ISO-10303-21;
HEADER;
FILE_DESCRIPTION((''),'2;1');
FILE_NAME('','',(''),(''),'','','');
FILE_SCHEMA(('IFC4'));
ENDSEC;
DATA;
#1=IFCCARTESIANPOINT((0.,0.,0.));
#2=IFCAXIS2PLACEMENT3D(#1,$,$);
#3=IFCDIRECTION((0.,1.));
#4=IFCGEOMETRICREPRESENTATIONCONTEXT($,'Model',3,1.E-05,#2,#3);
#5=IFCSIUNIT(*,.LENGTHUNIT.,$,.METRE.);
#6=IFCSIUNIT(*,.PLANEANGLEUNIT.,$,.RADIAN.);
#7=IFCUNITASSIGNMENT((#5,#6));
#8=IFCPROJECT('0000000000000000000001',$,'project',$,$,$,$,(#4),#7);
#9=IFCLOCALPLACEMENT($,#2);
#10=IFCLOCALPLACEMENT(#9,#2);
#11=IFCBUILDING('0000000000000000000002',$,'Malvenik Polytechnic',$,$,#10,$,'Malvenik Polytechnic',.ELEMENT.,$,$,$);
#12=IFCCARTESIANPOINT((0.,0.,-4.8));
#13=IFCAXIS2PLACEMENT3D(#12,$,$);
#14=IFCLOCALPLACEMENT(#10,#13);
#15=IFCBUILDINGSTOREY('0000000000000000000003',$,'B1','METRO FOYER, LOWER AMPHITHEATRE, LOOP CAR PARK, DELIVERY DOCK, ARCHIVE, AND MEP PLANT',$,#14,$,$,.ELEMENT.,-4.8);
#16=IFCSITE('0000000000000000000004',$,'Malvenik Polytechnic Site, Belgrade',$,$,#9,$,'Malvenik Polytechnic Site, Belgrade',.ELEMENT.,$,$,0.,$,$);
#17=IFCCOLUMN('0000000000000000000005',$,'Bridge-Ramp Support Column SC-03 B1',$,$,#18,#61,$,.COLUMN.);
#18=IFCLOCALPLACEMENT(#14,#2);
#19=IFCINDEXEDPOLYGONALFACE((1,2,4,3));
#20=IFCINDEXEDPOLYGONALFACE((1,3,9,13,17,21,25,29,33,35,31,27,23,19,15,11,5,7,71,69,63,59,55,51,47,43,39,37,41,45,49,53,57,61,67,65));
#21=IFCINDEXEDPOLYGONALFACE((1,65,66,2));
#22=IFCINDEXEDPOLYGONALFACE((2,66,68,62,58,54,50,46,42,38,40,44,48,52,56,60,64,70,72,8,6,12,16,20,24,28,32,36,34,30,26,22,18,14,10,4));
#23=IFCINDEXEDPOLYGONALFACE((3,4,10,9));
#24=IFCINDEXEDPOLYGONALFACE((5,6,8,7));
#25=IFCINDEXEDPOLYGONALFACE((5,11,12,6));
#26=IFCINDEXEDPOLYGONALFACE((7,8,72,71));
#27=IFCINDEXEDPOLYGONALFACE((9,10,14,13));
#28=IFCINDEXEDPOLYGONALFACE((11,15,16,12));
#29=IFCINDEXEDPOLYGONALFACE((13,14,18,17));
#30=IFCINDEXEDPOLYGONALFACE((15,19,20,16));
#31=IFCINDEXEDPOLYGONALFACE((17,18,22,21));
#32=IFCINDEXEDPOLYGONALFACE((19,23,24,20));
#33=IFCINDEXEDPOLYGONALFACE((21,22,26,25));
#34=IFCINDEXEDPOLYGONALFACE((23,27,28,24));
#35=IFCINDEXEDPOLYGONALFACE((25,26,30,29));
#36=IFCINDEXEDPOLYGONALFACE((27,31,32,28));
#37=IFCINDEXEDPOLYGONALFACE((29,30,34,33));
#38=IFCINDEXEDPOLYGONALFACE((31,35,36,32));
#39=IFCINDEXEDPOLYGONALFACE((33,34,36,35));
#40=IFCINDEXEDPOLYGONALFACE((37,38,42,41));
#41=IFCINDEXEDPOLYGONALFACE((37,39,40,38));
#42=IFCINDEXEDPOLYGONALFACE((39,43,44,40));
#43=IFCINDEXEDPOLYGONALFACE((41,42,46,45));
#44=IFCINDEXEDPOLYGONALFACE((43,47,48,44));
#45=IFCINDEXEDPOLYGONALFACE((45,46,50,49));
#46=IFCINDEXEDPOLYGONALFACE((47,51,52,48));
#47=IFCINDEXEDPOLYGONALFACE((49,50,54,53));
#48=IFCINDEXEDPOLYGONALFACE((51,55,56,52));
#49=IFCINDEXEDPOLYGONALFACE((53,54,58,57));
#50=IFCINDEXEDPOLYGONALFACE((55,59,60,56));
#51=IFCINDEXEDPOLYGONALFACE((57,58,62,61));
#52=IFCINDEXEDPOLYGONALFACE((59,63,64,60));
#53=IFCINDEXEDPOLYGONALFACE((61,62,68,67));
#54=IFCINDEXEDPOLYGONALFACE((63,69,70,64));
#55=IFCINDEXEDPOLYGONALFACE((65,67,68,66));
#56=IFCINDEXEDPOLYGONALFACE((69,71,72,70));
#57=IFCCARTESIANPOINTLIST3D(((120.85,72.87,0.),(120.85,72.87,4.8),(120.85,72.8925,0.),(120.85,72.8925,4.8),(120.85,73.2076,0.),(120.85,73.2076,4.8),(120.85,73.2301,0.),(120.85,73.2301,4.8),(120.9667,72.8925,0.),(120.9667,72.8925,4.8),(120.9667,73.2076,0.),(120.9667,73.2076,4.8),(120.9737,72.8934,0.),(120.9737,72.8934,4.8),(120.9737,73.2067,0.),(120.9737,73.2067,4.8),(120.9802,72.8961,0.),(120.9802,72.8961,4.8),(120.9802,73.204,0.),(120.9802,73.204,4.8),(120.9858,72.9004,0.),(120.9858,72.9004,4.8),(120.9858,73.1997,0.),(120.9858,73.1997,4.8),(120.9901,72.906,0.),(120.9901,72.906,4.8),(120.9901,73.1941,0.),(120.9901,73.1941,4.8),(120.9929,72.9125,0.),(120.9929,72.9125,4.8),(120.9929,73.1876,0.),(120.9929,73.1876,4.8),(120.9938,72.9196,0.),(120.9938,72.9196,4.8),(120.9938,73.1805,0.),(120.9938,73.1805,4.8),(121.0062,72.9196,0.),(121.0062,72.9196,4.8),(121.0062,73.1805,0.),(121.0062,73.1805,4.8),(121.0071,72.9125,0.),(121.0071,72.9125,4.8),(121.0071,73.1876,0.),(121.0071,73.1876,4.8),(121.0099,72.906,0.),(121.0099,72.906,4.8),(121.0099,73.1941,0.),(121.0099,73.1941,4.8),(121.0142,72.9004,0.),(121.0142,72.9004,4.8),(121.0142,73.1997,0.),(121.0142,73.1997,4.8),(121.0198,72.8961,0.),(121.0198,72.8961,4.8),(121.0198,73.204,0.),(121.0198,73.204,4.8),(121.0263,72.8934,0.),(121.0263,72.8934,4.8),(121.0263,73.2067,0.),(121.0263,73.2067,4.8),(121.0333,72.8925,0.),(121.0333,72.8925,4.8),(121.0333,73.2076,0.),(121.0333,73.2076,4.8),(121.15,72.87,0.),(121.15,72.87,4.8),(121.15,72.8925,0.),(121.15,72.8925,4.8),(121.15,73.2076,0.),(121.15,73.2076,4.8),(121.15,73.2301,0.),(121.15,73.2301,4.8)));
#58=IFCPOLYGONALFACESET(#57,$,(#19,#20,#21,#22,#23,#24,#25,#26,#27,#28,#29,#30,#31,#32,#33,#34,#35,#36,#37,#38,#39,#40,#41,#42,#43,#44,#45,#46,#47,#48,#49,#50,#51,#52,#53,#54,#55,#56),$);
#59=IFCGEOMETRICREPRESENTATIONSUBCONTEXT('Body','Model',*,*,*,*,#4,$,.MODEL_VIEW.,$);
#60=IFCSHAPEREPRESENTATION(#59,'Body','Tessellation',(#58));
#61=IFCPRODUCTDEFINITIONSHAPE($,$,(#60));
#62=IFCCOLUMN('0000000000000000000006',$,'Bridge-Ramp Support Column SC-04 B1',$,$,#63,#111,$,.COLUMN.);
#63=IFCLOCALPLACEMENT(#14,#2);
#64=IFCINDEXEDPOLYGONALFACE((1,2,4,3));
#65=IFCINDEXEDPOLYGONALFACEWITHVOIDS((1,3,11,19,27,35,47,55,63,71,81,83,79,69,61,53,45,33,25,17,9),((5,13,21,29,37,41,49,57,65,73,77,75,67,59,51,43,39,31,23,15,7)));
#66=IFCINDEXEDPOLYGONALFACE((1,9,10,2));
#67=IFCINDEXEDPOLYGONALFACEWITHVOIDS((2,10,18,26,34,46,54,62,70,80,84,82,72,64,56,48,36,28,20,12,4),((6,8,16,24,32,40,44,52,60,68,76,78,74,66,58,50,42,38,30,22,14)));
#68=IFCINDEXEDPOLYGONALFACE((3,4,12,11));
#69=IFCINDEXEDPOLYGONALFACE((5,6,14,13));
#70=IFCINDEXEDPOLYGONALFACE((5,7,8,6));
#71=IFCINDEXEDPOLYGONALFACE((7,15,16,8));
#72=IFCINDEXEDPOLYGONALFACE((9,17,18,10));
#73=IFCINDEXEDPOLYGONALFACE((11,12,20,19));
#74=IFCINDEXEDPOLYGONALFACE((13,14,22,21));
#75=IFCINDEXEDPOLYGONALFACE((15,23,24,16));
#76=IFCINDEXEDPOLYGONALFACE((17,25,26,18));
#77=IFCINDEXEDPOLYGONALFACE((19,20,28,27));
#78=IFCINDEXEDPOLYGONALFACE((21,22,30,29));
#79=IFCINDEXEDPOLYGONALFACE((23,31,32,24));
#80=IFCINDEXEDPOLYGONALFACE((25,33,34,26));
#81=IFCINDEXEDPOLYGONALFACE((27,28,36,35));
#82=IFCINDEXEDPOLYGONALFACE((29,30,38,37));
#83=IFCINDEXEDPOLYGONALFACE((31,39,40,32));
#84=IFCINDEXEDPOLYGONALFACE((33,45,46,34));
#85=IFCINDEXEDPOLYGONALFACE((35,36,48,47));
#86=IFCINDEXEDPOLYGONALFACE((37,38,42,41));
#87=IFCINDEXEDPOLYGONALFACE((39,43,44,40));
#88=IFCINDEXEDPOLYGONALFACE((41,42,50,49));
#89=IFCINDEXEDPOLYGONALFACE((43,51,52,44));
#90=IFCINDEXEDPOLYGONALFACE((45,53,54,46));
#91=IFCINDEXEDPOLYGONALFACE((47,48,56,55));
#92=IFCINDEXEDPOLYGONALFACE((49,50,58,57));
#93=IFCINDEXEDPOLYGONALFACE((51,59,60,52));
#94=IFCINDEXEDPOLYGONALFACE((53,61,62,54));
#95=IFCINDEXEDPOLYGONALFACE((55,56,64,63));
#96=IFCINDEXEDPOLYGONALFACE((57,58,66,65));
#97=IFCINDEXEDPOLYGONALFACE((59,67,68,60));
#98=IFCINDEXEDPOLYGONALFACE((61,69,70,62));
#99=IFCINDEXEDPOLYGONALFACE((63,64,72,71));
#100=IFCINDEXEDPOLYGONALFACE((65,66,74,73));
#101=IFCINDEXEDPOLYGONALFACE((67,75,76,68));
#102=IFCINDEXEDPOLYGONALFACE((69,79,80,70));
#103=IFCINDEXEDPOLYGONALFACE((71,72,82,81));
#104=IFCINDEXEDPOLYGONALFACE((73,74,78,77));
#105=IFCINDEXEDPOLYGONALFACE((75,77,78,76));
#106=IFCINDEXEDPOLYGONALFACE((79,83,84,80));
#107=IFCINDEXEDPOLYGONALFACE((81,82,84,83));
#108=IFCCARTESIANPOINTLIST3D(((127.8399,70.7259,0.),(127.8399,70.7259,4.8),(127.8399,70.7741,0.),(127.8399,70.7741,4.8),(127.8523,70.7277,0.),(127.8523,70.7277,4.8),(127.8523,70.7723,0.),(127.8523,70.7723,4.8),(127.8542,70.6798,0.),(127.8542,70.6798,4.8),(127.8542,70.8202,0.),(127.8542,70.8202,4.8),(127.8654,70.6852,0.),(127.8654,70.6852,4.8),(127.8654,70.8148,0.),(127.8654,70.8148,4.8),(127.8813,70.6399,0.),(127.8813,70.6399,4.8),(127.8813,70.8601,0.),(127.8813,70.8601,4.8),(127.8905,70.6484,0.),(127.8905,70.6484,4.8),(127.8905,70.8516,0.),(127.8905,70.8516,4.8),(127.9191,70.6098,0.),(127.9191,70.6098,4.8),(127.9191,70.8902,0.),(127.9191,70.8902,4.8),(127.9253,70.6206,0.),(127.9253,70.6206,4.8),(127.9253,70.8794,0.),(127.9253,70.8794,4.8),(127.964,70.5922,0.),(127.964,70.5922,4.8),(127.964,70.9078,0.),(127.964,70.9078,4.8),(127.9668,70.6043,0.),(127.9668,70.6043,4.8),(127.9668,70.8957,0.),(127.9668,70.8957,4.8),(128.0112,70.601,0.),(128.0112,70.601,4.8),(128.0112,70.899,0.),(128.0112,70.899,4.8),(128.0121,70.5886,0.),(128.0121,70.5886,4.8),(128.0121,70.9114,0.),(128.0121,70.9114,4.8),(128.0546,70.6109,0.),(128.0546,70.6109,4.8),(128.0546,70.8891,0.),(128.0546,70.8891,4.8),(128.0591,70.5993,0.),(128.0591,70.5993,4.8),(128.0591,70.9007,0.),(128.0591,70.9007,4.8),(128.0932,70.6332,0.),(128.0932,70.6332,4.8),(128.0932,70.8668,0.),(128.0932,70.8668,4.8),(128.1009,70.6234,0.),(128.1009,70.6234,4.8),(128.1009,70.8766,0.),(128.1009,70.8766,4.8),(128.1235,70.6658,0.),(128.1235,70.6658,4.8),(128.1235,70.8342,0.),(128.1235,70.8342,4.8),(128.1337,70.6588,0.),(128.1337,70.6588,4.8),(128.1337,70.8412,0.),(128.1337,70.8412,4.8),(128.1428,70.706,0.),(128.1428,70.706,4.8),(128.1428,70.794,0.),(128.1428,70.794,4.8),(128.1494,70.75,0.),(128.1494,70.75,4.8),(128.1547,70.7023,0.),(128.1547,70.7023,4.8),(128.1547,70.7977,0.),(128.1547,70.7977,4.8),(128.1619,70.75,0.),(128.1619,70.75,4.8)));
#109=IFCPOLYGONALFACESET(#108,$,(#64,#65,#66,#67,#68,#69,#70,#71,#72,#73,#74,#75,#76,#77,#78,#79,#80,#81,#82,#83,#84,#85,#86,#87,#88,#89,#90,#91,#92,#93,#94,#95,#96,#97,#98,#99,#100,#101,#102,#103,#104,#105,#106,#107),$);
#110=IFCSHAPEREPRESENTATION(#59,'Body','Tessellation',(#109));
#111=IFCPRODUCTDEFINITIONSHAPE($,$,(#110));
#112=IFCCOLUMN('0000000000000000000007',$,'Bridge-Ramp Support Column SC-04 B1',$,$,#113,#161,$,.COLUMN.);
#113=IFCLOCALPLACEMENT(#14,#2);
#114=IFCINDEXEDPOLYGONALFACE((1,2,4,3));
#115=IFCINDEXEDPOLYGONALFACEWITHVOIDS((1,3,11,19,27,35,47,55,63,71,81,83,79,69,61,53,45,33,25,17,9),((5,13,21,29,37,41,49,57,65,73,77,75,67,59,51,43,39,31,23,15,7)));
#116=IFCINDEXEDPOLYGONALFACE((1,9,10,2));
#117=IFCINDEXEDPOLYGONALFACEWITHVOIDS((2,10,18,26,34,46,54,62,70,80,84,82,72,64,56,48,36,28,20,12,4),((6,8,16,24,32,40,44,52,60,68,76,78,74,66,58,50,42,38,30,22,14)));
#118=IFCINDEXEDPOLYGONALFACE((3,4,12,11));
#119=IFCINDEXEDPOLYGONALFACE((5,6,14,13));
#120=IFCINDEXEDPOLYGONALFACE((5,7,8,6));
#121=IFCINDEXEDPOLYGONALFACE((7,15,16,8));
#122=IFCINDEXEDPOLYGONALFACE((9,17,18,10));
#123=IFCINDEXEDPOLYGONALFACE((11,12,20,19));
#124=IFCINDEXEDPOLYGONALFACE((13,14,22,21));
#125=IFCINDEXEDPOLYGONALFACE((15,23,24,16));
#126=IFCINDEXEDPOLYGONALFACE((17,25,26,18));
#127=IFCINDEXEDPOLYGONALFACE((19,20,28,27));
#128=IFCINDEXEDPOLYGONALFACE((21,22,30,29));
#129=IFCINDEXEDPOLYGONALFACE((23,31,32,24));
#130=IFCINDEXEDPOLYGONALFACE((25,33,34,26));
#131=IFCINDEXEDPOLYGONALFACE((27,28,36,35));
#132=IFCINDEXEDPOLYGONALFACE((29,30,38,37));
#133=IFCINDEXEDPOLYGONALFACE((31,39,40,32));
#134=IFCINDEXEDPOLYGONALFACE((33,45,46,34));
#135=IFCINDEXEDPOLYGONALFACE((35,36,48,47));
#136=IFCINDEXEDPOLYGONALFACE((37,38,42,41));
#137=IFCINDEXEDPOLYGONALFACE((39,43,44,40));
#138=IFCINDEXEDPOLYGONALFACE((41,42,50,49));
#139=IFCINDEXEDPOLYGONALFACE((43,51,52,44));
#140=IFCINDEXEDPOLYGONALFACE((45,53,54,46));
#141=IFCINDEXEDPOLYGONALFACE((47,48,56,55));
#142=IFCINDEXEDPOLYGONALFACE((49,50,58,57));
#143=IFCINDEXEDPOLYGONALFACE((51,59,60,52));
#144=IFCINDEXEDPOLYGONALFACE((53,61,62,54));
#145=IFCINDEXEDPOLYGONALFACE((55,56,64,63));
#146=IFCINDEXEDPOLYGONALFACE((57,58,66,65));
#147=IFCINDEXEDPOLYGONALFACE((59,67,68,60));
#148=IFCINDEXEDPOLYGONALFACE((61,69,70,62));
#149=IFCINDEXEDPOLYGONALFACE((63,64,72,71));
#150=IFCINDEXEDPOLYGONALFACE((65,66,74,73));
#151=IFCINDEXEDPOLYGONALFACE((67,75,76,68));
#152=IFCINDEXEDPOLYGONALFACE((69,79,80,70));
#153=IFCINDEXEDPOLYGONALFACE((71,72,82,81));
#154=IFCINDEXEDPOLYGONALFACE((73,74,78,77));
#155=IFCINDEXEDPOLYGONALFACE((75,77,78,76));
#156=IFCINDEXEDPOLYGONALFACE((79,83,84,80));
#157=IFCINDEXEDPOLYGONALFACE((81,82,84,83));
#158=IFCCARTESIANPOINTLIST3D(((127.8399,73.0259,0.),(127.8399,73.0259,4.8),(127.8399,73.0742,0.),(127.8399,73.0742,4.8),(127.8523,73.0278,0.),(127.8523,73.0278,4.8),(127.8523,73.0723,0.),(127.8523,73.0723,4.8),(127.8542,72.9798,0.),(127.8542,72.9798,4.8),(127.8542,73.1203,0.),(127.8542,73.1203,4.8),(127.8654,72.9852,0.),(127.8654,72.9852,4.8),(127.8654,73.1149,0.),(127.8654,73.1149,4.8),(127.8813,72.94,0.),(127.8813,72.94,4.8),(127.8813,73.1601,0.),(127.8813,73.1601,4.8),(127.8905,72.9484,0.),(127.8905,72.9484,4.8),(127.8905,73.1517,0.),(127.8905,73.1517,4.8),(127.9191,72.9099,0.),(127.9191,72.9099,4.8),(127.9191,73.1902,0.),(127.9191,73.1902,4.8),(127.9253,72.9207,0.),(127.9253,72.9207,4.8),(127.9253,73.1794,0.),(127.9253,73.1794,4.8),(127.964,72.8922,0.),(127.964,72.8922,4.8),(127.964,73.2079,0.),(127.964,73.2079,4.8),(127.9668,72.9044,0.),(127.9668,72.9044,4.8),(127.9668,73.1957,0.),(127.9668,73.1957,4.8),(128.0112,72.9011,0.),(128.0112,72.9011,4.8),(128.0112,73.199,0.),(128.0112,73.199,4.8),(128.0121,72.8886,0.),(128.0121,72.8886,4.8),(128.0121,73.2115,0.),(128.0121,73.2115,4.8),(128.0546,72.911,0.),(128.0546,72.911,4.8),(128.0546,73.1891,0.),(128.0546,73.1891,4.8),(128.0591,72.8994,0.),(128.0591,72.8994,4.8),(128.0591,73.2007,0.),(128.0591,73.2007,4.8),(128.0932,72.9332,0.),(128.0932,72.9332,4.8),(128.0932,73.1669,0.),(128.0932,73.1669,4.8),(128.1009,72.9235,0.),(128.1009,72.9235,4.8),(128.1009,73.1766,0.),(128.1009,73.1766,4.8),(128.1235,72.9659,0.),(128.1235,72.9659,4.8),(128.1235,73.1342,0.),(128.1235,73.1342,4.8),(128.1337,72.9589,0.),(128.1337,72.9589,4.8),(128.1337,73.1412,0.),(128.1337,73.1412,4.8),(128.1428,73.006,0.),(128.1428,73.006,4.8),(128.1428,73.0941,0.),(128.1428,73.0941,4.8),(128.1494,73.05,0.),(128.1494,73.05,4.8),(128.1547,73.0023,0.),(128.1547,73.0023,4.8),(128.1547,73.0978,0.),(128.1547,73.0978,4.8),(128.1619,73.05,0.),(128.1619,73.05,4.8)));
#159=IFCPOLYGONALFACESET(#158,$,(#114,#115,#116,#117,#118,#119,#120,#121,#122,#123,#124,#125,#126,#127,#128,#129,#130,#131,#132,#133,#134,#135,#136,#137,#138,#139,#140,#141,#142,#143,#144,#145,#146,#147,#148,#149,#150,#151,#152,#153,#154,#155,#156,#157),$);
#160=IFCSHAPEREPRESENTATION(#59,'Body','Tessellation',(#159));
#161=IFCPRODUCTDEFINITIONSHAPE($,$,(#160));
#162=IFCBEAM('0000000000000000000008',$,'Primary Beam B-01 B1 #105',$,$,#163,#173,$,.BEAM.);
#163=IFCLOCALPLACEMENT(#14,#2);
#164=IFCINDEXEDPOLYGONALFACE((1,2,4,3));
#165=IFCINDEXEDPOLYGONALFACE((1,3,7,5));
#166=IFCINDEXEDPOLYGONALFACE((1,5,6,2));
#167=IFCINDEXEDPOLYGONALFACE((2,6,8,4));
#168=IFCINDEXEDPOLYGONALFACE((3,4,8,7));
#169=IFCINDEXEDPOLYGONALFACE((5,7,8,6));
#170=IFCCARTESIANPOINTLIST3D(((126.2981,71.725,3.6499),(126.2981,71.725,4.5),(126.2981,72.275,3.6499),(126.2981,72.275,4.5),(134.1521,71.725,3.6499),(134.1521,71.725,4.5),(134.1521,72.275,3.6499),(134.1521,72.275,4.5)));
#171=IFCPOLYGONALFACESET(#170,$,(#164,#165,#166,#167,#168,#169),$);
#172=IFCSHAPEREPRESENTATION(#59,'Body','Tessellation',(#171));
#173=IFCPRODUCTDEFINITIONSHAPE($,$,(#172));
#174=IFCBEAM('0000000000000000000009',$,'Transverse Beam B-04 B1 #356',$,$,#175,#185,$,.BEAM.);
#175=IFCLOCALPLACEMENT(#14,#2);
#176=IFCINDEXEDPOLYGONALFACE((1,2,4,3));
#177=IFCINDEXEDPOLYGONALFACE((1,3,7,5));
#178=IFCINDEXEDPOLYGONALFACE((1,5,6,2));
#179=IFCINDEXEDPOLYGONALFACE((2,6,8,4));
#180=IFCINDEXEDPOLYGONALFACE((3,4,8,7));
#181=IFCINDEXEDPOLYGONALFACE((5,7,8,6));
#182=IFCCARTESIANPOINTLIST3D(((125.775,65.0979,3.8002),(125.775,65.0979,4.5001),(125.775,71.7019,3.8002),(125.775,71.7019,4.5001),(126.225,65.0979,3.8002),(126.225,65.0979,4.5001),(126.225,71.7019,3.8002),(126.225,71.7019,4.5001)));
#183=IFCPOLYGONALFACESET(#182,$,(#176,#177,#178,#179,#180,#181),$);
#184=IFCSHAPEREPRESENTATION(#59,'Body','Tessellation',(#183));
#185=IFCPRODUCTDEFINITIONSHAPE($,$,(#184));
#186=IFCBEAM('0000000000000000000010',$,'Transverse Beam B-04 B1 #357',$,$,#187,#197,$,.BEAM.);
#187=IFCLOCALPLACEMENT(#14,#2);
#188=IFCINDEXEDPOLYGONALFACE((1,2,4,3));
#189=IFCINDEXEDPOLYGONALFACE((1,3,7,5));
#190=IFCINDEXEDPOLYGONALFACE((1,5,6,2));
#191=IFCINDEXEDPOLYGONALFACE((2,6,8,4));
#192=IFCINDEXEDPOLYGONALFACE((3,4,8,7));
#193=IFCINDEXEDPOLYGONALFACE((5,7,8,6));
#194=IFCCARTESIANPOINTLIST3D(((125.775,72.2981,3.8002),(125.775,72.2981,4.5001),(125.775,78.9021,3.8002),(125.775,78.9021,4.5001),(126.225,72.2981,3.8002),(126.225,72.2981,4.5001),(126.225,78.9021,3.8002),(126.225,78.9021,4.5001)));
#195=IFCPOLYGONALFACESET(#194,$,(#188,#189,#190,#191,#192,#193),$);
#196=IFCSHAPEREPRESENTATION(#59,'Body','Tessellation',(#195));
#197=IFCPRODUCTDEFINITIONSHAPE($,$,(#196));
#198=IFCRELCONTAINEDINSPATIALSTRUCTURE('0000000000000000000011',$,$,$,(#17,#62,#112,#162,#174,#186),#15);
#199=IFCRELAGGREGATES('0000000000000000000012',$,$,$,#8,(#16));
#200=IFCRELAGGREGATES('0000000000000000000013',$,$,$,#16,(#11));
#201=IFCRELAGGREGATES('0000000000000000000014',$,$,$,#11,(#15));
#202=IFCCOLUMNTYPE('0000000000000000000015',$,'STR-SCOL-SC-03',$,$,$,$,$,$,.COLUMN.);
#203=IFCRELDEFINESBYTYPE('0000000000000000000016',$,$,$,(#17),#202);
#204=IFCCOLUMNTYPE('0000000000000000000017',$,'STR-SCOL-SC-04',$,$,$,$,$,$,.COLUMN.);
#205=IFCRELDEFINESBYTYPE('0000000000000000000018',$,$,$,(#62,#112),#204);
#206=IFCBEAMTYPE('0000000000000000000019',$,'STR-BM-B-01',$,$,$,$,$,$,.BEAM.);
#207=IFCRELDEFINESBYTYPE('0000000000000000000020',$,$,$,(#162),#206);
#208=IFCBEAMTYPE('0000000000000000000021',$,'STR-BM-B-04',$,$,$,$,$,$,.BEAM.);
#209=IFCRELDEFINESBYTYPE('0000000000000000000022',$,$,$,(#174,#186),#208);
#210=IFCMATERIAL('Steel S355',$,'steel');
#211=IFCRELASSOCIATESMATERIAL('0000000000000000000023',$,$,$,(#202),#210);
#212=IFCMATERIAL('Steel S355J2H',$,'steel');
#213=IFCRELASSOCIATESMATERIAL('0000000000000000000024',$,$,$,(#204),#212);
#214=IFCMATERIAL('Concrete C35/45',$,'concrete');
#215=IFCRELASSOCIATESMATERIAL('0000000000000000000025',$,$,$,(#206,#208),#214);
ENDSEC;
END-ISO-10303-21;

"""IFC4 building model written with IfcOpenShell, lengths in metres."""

from ifc_helpers import new_model, si_unit, direction, frame, origin, origin_2d, place, context, subcontext, project, spatial, rectangle, hollow_circle, i_section, extrude, material, material_profile, profile_set, type_object, element, save


model = new_model("IFC4")

# Units and contexts
model_context = context("Model", 3, precision=1e-05, world=origin(), true_north=direction((0.0, 1.0)))
body_context = subcontext(model_context, "Body", "Model", "MODEL_VIEW")
ifc_project = project(units=[si_unit("LENGTHUNIT", "METRE"), si_unit("PLANEANGLEUNIT", "RADIAN")], contexts=[model_context])

# Site, building, storey
site_placement = place(None, origin())
site = spatial("IfcSite", under=ifc_project, at=site_placement, Name="Malvenik Polytechnic Site, Belgrade", LongName="Malvenik Polytechnic Site, Belgrade", CompositionType="ELEMENT", RefElevation=0.0)
building_placement = place(site_placement, origin())
building = spatial("IfcBuilding", under=site, at=building_placement, Name="Malvenik Polytechnic", LongName="Malvenik Polytechnic", CompositionType="ELEMENT")
storey_placement = place(building_placement, frame((0.0, 0.0, -4.8)))
storey = spatial("IfcBuildingStorey", under=building, at=storey_placement, Name="B1", Description="METRO FOYER, LOWER AMPHITHEATRE, LOOP CAR PARK, DELIVERY DOCK, ARCHIVE, AND MEP PLANT", CompositionType="ELEMENT", Elevation=-4.8)

# Shared definitions
ifc_material_1 = material(Name="Concrete C35/45", Category="concrete")

# Columns
ifc_material_2 = material(Name="Steel S355", Category="steel")
ifc_material_profile_1 = material_profile(ifc_material_2, i_section(OverallWidth=0.3, OverallDepth=0.3601, WebThickness=0.0125, FlangeThickness=0.0225, FilletRadius=0.0271, at=origin_2d()), Name="HEB 360")
ifc_profile_set_1 = profile_set([ifc_material_profile_1], Name="Steel S355")
column_type_1 = type_object("IfcColumnType", Name="STR-SCOL-SC-03", PredefinedType="COLUMN", material=ifc_profile_set_1)
column_1_placement = place(storey_placement, frame((121.0, 73.05, 0.0), z_axis=(0.0, 0.0, 1.0), x_axis=(1.0, 0.0, 0.0)))
element("IfcColumn", 1, at=column_1_placement, inside=storey, type_object=column_type_1, Name="Bridge-Ramp Support Column SC-03 B1", PredefinedType="COLUMN", context=body_context, shape_type="SweptSolid", body=[
    extrude(i_section(OverallWidth=0.3, OverallDepth=0.3601, WebThickness=0.0125, FlangeThickness=0.0225, FilletRadius=0.0271, at=origin_2d()), origin(), (0.0, 0.0, 1.0), 4.8),
])
ifc_material_3 = material(Name="Steel S355J2H", Category="steel")
ifc_material_profile_2 = material_profile(ifc_material_3, hollow_circle(Radius=0.1619, WallThickness=0.0125, at=origin_2d()), Name="CHS 323.9x12.5")
ifc_profile_set_2 = profile_set([ifc_material_profile_2], Name="Steel S355J2H")
column_type_2 = type_object("IfcColumnType", Name="STR-SCOL-SC-04", PredefinedType="COLUMN", material=ifc_profile_set_2)
for number, where, z_axis, x_axis, name in (
    (2, (128.0, 70.75, 0.0), (0.0, 0.0, 1.0), (1.0, 0.0, 0.0), "Bridge-Ramp Support Column SC-04 B1"),
    (3, (128.0, 73.05, 0.0), (0.0, 0.0, 1.0), (1.0, 0.0, 0.0), "Bridge-Ramp Support Column SC-04 B1"),
):
    element("IfcColumn", number, at=place(storey_placement, frame(where, z_axis=z_axis, x_axis=x_axis)), inside=storey, type_object=column_type_2, Name=name, PredefinedType="COLUMN", context=body_context, shape_type="SweptSolid", body=[
        extrude(hollow_circle(Radius=0.1619, WallThickness=0.0125, at=origin_2d()), origin(), (0.0, 0.0, 1.0), 4.8),
    ])

# Beams
ifc_material_profile_3 = material_profile(ifc_material_1, rectangle(XDim=0.55, YDim=0.8501, at=origin_2d()), Name="RC BM 550x850")
ifc_profile_set_3 = profile_set([ifc_material_profile_3], Name="Concrete C35/45")
beam_type_1 = type_object("IfcBeamType", Name="STR-BM-B-01", PredefinedType="BEAM", material=ifc_profile_set_3)
beam_1_placement = place(storey_placement, frame((126.2981, 72.0, 4.075), z_axis=(1.0, 0.0, 0.0), x_axis=(0.0, 1.0, 0.0)))
element("IfcBeam", 4, at=beam_1_placement, inside=storey, type_object=beam_type_1, Name="Primary Beam B-01 B1 #105", PredefinedType="BEAM", context=body_context, shape_type="SweptSolid", body=[
    extrude(rectangle(XDim=0.55, YDim=0.8501, at=origin_2d()), origin(), (0.0, 0.0, 1.0), 7.854),
])
ifc_material_profile_4 = material_profile(ifc_material_1, rectangle(XDim=0.45, YDim=0.7, at=origin_2d()), Name="RC BM 450x700")
ifc_profile_set_4 = profile_set([ifc_material_profile_4], Name="Concrete C35/45")
beam_type_2 = type_object("IfcBeamType", Name="STR-BM-B-04", PredefinedType="BEAM", material=ifc_profile_set_4)
for number, where, z_axis, x_axis, name in (
    (5, (126.0, 65.0979, 4.1501), (0.0, 1.0, 0.0), (-1.0, 0.0, 0.0), "Transverse Beam B-04 B1 #356"),
    (6, (126.0, 72.2981, 4.1501), (0.0, 1.0, 0.0), (-1.0, 0.0, 0.0), "Transverse Beam B-04 B1 #357"),
):
    element("IfcBeam", number, at=place(storey_placement, frame(where, z_axis=z_axis, x_axis=x_axis)), inside=storey, type_object=beam_type_2, Name=name, PredefinedType="BEAM", context=body_context, shape_type="SweptSolid", body=[
        extrude(rectangle(XDim=0.45, YDim=0.7, at=origin_2d()), origin(), (0.0, 0.0, 1.0), 6.604),
    ])

save(model, "model.ifc")
